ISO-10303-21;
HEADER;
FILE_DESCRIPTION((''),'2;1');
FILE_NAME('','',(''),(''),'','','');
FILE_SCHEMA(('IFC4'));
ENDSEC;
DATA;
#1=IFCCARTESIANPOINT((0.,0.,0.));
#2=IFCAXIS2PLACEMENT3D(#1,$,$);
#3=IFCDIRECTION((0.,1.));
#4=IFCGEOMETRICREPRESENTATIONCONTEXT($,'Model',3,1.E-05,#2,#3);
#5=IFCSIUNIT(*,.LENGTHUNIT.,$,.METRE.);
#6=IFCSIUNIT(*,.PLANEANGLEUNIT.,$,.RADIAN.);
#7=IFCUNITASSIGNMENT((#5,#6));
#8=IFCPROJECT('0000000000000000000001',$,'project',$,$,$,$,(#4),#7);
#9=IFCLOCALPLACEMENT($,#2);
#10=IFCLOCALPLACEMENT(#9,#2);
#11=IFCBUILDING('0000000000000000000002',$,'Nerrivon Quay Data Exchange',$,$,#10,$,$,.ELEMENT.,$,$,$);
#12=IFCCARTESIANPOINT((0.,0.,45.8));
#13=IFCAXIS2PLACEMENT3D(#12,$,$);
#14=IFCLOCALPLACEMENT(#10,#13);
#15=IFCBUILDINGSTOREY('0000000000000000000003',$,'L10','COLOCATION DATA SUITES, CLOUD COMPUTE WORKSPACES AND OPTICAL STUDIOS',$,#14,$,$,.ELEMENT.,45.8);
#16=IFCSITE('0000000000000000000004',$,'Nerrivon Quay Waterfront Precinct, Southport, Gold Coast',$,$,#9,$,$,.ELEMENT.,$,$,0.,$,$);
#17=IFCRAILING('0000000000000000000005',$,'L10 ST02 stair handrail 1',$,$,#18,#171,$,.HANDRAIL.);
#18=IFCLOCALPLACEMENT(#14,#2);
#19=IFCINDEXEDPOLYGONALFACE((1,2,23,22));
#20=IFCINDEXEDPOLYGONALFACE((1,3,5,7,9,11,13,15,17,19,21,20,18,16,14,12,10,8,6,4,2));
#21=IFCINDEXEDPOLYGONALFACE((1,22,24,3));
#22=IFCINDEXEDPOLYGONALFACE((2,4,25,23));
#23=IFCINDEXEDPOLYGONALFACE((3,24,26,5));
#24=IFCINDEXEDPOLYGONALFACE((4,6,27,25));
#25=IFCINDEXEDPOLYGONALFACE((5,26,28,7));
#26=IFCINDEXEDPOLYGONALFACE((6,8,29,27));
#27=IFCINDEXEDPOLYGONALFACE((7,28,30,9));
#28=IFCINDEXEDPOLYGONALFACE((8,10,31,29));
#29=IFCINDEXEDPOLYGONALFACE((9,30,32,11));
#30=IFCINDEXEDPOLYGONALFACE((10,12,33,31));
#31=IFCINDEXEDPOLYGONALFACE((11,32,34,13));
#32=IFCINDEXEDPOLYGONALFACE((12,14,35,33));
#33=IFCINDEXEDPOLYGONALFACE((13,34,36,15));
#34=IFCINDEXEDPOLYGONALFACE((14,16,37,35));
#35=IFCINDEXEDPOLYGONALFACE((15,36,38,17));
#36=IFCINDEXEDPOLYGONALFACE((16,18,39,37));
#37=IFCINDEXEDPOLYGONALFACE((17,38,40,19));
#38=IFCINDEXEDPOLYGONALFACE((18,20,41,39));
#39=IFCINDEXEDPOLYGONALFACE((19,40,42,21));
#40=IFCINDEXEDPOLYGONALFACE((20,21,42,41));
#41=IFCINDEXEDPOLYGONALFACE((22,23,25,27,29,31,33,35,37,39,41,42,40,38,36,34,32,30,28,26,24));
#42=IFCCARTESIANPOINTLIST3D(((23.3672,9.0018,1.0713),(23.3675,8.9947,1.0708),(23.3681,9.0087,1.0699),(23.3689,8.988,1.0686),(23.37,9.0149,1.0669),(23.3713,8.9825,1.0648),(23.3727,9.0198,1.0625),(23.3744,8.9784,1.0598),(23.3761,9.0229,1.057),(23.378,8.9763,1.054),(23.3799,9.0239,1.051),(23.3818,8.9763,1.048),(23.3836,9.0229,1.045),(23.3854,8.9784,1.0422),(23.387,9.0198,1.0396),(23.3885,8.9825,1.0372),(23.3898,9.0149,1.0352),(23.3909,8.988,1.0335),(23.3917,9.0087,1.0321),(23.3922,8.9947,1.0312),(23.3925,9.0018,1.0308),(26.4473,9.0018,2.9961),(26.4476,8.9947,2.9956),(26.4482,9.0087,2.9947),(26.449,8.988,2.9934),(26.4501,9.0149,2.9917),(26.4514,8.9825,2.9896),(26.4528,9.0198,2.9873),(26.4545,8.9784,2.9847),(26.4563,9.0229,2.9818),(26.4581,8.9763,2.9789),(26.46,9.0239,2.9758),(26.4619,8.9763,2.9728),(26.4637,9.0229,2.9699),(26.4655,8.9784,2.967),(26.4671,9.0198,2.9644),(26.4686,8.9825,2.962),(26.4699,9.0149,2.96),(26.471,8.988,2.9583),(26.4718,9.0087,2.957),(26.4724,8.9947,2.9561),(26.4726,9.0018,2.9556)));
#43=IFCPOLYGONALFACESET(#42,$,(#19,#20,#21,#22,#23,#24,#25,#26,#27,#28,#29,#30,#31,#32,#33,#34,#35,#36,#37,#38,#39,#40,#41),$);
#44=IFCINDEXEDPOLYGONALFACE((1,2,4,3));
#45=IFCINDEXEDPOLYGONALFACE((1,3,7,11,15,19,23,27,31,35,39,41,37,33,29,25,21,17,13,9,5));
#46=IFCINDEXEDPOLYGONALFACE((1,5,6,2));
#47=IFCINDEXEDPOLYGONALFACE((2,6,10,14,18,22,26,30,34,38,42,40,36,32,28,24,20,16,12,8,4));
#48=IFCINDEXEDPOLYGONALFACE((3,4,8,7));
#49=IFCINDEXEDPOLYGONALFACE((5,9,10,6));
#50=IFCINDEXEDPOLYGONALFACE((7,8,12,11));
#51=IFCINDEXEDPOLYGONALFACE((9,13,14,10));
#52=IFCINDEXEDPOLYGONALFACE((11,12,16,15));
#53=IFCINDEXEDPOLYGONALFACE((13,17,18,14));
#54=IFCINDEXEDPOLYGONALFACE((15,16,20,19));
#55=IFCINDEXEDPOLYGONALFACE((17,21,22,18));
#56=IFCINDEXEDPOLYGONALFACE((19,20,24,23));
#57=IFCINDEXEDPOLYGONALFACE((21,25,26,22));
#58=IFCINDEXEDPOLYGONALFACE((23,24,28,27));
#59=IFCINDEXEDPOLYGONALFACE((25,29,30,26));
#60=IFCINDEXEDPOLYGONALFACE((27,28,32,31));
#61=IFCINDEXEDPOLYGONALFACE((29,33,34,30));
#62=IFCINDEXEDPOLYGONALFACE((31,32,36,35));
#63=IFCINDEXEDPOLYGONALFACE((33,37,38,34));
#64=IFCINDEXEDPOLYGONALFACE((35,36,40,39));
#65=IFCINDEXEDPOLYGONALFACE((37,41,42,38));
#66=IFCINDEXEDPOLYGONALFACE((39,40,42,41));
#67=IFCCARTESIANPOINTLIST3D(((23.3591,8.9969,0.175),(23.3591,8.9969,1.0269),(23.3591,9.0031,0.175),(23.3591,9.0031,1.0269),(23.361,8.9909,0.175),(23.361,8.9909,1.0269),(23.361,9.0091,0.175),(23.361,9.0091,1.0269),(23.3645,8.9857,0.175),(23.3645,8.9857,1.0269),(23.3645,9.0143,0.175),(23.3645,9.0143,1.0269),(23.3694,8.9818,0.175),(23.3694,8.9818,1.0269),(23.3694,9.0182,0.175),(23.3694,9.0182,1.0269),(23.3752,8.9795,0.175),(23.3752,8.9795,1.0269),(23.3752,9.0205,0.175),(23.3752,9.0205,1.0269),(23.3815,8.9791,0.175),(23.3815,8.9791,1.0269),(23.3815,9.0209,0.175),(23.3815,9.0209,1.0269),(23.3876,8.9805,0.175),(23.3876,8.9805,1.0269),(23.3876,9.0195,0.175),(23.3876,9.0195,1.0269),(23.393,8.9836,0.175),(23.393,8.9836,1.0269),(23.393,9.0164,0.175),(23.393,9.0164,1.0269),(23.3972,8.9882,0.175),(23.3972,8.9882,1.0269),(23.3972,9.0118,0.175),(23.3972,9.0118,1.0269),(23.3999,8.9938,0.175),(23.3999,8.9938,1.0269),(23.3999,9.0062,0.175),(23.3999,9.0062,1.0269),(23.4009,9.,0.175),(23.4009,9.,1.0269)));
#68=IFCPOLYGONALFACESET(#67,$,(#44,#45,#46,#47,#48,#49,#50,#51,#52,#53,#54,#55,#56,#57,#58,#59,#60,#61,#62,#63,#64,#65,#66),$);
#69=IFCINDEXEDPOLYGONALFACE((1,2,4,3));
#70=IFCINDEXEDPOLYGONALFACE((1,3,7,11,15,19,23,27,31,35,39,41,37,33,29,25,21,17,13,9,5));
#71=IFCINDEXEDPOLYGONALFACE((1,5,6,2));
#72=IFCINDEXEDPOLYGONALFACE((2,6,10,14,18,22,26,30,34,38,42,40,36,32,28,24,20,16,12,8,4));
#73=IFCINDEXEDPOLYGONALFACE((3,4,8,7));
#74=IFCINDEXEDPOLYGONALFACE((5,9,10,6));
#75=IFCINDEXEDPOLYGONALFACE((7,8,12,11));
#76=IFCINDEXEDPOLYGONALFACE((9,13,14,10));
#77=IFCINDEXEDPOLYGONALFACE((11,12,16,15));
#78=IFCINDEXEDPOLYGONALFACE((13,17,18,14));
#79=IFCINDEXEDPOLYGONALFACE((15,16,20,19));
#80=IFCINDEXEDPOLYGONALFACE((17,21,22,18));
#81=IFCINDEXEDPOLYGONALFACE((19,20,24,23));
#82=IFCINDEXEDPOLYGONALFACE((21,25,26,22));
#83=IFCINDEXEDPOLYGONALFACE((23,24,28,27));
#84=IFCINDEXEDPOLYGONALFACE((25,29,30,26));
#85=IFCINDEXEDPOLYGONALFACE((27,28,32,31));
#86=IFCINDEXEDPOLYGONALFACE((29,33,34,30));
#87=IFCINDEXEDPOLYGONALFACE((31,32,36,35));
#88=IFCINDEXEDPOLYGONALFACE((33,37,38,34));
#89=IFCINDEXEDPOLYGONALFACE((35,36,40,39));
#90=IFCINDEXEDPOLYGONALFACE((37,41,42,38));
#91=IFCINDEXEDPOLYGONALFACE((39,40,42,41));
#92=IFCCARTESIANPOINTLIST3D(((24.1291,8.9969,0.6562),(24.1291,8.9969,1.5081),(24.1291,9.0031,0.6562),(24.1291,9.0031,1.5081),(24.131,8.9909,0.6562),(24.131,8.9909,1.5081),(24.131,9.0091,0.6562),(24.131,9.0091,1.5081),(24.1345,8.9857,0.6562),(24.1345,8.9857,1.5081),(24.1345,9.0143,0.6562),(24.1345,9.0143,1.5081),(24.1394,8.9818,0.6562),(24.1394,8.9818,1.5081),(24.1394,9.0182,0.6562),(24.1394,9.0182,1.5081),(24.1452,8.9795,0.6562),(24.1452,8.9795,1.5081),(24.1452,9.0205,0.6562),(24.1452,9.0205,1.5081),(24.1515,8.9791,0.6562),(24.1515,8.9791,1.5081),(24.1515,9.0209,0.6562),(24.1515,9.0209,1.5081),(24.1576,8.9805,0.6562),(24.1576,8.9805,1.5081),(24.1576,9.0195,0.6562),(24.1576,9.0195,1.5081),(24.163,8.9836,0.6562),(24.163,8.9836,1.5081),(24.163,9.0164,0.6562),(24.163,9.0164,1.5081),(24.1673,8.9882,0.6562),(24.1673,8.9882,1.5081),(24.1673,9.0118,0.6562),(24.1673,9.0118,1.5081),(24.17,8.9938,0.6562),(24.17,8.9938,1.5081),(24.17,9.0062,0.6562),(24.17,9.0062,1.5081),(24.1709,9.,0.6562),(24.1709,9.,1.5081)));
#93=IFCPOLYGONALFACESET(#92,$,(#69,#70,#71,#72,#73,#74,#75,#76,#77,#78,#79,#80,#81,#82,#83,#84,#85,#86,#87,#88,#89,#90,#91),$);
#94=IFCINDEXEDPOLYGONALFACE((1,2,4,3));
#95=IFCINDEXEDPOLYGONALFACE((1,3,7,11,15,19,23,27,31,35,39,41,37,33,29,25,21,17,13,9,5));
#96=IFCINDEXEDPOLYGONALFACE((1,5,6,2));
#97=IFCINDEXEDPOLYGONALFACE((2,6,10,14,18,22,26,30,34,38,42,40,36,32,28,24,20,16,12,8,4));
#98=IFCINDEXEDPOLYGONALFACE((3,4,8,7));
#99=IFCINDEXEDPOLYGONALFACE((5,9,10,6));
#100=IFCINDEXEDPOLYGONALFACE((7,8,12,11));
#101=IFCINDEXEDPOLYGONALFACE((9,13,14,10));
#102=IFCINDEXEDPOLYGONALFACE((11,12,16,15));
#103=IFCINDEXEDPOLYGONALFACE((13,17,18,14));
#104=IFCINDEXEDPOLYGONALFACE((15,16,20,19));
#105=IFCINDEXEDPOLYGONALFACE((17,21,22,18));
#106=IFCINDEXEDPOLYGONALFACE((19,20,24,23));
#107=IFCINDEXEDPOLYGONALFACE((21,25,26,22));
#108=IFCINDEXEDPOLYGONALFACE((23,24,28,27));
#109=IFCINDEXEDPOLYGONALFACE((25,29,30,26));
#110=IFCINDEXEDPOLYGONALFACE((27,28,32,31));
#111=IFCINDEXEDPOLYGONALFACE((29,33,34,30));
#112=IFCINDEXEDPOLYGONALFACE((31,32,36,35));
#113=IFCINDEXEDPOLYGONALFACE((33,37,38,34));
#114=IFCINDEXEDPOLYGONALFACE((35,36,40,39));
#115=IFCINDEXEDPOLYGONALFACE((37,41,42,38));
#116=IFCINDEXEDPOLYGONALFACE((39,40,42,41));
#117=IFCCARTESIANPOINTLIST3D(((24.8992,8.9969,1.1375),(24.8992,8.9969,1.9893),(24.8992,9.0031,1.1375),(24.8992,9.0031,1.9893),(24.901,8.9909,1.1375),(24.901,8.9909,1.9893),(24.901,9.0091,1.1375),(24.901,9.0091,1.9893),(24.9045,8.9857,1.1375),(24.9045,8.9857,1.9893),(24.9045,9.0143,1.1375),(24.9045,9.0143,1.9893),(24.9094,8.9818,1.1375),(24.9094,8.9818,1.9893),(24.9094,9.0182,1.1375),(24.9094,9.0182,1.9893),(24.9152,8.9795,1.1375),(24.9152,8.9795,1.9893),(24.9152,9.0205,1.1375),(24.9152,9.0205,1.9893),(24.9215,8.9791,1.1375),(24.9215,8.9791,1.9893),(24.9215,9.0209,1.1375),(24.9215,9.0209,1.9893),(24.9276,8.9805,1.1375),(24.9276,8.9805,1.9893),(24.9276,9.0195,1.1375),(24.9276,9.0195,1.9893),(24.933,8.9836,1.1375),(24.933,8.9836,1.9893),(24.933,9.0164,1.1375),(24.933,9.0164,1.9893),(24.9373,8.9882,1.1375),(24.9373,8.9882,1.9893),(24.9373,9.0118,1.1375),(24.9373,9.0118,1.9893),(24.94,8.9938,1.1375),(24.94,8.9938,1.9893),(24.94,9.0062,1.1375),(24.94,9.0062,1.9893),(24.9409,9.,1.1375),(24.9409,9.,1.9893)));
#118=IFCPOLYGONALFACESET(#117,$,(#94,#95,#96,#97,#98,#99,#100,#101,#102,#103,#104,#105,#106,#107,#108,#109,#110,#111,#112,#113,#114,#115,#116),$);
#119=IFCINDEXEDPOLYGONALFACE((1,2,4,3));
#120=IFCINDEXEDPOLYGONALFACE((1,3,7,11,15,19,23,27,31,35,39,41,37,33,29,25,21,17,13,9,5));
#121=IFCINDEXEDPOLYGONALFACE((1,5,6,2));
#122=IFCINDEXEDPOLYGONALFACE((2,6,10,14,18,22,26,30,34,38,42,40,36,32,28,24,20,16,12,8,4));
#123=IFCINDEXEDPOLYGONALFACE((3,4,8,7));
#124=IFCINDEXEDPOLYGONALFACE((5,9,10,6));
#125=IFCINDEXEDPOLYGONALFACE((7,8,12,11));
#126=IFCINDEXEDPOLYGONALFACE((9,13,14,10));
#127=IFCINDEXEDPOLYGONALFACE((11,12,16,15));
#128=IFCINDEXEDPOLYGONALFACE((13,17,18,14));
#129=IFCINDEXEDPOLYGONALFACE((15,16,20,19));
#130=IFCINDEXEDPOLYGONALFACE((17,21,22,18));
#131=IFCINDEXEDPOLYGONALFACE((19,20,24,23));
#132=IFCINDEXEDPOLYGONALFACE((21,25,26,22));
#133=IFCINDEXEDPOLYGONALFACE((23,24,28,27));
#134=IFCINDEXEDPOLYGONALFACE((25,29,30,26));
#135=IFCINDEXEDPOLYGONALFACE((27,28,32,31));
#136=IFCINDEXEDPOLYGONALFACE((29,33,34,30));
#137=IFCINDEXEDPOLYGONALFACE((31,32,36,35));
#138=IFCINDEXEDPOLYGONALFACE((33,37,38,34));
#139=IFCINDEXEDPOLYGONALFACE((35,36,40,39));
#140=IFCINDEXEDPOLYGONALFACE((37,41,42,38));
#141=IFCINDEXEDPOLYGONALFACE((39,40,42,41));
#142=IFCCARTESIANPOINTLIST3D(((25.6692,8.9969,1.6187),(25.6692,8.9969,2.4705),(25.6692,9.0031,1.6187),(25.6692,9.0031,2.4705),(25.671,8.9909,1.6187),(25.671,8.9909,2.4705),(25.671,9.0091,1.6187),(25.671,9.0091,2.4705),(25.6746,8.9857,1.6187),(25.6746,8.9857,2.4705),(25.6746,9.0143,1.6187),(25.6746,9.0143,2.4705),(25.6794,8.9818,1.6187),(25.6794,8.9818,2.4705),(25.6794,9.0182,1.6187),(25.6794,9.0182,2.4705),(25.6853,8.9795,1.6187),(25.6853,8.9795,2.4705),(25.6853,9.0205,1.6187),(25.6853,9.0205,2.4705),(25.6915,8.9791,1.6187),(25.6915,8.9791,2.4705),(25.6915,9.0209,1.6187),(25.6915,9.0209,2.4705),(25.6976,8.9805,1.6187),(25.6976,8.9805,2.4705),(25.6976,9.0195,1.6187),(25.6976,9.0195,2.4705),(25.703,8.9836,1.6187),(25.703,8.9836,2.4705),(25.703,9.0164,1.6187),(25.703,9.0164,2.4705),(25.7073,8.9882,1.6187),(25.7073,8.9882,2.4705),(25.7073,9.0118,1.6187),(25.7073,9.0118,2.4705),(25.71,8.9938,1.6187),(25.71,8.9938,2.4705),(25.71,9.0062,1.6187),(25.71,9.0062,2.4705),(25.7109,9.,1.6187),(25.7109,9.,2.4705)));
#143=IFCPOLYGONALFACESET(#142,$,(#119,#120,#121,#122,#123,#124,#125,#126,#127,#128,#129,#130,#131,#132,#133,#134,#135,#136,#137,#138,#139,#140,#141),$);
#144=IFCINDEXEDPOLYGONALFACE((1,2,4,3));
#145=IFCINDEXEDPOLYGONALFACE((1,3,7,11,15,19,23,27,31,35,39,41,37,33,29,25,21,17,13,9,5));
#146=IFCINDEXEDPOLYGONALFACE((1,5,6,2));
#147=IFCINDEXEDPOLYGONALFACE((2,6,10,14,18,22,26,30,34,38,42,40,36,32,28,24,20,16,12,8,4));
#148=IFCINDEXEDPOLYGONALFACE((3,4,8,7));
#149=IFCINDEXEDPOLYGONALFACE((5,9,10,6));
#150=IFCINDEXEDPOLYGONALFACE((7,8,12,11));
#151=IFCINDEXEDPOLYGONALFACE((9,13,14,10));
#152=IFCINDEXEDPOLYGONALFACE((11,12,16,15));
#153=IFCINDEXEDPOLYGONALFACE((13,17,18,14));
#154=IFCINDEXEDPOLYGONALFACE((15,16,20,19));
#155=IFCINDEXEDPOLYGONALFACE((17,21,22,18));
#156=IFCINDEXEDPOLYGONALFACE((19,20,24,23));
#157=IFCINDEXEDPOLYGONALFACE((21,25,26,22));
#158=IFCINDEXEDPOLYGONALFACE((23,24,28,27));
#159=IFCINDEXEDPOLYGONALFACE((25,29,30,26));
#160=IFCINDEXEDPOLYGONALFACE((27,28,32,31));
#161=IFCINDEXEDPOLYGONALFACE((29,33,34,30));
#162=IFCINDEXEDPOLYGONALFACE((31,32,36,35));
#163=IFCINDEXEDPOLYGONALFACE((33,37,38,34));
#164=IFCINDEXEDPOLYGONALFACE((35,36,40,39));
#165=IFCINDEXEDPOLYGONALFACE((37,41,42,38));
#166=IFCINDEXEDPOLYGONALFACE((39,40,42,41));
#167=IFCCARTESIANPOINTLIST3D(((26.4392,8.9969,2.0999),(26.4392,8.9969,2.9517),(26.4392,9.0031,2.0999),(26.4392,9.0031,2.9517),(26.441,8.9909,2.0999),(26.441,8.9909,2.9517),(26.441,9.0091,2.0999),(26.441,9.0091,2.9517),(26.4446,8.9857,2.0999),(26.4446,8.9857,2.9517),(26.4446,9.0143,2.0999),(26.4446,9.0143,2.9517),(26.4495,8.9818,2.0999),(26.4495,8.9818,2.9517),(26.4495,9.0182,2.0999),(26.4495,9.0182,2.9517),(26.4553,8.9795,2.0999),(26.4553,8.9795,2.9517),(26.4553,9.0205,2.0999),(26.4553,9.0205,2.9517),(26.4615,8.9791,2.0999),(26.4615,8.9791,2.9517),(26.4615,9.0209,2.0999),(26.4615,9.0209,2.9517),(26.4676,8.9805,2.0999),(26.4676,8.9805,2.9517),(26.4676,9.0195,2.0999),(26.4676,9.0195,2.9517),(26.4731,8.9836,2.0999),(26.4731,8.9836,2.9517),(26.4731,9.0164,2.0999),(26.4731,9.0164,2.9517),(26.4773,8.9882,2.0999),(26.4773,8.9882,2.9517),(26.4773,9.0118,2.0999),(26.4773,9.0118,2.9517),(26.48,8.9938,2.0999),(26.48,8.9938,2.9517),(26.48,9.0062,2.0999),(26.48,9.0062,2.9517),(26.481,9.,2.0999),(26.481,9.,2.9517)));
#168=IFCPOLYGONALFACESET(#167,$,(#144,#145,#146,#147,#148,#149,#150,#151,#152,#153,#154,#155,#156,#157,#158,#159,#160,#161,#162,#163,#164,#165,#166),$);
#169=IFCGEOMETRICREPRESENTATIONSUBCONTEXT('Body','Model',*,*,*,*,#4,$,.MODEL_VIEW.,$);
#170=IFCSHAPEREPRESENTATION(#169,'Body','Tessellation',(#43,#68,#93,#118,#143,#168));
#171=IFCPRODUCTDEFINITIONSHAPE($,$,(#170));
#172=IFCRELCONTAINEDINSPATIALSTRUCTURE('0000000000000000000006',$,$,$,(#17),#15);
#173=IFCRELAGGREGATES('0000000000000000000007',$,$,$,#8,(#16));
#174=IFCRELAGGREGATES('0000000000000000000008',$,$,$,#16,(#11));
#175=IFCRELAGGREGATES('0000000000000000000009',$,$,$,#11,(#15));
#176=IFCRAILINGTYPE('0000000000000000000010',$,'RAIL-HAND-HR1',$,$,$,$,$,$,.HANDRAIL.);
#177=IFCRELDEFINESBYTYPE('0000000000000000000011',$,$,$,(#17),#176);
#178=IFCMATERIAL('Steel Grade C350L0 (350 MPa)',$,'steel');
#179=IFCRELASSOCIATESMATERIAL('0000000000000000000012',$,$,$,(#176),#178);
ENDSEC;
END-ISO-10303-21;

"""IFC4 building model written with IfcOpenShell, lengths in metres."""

from ifc_helpers import new_model, si_unit, direction, frame, origin, origin_2d, place, context, subcontext, project, spatial, circle, extrude, material, type_object, element, save


model = new_model("IFC4")

# Units and contexts
model_context = context("Model", 3, precision=1e-05, world=origin(), true_north=direction((0.0, 1.0)))
body_context = subcontext(model_context, "Body", "Model", "MODEL_VIEW")
ifc_project = project(units=[si_unit("LENGTHUNIT", "METRE"), si_unit("PLANEANGLEUNIT", "RADIAN")], contexts=[model_context])

# Site, building, storey
site_placement = place(None, origin())
site = spatial("IfcSite", under=ifc_project, at=site_placement, Name="Nerrivon Quay Waterfront Precinct, Southport, Gold Coast", CompositionType="ELEMENT", RefElevation=0.0)
building_placement = place(site_placement, origin())
building = spatial("IfcBuilding", under=site, at=building_placement, Name="Nerrivon Quay Data Exchange", CompositionType="ELEMENT")
storey_placement = place(building_placement, frame((0.0, 0.0, 45.8)))
storey = spatial("IfcBuildingStorey", under=building, at=storey_placement, Name="L10", Description="COLOCATION DATA SUITES, CLOUD COMPUTE WORKSPACES AND OPTICAL STUDIOS", CompositionType="ELEMENT", Elevation=45.8)

# Railing
ifc_material_1 = material(Name="Steel Grade C350L0 (350 MPa)", Category="steel")
railing_type_1 = type_object("IfcRailingType", Name="RAIL-HAND-HR1", PredefinedType="HANDRAIL", material=ifc_material_1)
railing_1_placement = place(storey_placement, frame((23.3799, 9.0, 0.175)))
element("IfcRailing", 1, at=railing_1_placement, inside=storey, type_object=railing_type_1, Name="L10 ST02 stair handrail 1", PredefinedType="HANDRAIL", context=body_context, shape_type="SweptSolid", body=[
    extrude(circle(Radius=0.0239, at=origin_2d()), frame((0.0, 0.0, 0.876), z_axis=(0.848029, 0.0, 0.529951), x_axis=(0.0, 1.0, 0.0)), (0.0, 0.0, 1.0), 3.6321),
    extrude(circle(Radius=0.021, at=origin_2d()), origin(), (0.0, 0.0, 1.0), 0.8518),
    extrude(circle(Radius=0.021, at=origin_2d()), frame((0.77, 0.0, 0.4812)), (0.0, 0.0, 1.0), 0.8518),
    extrude(circle(Radius=0.021, at=origin_2d()), frame((1.54, 0.0, 0.9624)), (0.0, 0.0, 1.0), 0.8518),
    extrude(circle(Radius=0.021, at=origin_2d()), frame((2.3101, 0.0, 1.4436)), (0.0, 0.0, 1.0), 0.8518),
    extrude(circle(Radius=0.021, at=origin_2d()), frame((3.0801, 0.0, 1.9248)), (0.0, 0.0, 1.0), 0.8518),
])

save(model, "model.ifc")
